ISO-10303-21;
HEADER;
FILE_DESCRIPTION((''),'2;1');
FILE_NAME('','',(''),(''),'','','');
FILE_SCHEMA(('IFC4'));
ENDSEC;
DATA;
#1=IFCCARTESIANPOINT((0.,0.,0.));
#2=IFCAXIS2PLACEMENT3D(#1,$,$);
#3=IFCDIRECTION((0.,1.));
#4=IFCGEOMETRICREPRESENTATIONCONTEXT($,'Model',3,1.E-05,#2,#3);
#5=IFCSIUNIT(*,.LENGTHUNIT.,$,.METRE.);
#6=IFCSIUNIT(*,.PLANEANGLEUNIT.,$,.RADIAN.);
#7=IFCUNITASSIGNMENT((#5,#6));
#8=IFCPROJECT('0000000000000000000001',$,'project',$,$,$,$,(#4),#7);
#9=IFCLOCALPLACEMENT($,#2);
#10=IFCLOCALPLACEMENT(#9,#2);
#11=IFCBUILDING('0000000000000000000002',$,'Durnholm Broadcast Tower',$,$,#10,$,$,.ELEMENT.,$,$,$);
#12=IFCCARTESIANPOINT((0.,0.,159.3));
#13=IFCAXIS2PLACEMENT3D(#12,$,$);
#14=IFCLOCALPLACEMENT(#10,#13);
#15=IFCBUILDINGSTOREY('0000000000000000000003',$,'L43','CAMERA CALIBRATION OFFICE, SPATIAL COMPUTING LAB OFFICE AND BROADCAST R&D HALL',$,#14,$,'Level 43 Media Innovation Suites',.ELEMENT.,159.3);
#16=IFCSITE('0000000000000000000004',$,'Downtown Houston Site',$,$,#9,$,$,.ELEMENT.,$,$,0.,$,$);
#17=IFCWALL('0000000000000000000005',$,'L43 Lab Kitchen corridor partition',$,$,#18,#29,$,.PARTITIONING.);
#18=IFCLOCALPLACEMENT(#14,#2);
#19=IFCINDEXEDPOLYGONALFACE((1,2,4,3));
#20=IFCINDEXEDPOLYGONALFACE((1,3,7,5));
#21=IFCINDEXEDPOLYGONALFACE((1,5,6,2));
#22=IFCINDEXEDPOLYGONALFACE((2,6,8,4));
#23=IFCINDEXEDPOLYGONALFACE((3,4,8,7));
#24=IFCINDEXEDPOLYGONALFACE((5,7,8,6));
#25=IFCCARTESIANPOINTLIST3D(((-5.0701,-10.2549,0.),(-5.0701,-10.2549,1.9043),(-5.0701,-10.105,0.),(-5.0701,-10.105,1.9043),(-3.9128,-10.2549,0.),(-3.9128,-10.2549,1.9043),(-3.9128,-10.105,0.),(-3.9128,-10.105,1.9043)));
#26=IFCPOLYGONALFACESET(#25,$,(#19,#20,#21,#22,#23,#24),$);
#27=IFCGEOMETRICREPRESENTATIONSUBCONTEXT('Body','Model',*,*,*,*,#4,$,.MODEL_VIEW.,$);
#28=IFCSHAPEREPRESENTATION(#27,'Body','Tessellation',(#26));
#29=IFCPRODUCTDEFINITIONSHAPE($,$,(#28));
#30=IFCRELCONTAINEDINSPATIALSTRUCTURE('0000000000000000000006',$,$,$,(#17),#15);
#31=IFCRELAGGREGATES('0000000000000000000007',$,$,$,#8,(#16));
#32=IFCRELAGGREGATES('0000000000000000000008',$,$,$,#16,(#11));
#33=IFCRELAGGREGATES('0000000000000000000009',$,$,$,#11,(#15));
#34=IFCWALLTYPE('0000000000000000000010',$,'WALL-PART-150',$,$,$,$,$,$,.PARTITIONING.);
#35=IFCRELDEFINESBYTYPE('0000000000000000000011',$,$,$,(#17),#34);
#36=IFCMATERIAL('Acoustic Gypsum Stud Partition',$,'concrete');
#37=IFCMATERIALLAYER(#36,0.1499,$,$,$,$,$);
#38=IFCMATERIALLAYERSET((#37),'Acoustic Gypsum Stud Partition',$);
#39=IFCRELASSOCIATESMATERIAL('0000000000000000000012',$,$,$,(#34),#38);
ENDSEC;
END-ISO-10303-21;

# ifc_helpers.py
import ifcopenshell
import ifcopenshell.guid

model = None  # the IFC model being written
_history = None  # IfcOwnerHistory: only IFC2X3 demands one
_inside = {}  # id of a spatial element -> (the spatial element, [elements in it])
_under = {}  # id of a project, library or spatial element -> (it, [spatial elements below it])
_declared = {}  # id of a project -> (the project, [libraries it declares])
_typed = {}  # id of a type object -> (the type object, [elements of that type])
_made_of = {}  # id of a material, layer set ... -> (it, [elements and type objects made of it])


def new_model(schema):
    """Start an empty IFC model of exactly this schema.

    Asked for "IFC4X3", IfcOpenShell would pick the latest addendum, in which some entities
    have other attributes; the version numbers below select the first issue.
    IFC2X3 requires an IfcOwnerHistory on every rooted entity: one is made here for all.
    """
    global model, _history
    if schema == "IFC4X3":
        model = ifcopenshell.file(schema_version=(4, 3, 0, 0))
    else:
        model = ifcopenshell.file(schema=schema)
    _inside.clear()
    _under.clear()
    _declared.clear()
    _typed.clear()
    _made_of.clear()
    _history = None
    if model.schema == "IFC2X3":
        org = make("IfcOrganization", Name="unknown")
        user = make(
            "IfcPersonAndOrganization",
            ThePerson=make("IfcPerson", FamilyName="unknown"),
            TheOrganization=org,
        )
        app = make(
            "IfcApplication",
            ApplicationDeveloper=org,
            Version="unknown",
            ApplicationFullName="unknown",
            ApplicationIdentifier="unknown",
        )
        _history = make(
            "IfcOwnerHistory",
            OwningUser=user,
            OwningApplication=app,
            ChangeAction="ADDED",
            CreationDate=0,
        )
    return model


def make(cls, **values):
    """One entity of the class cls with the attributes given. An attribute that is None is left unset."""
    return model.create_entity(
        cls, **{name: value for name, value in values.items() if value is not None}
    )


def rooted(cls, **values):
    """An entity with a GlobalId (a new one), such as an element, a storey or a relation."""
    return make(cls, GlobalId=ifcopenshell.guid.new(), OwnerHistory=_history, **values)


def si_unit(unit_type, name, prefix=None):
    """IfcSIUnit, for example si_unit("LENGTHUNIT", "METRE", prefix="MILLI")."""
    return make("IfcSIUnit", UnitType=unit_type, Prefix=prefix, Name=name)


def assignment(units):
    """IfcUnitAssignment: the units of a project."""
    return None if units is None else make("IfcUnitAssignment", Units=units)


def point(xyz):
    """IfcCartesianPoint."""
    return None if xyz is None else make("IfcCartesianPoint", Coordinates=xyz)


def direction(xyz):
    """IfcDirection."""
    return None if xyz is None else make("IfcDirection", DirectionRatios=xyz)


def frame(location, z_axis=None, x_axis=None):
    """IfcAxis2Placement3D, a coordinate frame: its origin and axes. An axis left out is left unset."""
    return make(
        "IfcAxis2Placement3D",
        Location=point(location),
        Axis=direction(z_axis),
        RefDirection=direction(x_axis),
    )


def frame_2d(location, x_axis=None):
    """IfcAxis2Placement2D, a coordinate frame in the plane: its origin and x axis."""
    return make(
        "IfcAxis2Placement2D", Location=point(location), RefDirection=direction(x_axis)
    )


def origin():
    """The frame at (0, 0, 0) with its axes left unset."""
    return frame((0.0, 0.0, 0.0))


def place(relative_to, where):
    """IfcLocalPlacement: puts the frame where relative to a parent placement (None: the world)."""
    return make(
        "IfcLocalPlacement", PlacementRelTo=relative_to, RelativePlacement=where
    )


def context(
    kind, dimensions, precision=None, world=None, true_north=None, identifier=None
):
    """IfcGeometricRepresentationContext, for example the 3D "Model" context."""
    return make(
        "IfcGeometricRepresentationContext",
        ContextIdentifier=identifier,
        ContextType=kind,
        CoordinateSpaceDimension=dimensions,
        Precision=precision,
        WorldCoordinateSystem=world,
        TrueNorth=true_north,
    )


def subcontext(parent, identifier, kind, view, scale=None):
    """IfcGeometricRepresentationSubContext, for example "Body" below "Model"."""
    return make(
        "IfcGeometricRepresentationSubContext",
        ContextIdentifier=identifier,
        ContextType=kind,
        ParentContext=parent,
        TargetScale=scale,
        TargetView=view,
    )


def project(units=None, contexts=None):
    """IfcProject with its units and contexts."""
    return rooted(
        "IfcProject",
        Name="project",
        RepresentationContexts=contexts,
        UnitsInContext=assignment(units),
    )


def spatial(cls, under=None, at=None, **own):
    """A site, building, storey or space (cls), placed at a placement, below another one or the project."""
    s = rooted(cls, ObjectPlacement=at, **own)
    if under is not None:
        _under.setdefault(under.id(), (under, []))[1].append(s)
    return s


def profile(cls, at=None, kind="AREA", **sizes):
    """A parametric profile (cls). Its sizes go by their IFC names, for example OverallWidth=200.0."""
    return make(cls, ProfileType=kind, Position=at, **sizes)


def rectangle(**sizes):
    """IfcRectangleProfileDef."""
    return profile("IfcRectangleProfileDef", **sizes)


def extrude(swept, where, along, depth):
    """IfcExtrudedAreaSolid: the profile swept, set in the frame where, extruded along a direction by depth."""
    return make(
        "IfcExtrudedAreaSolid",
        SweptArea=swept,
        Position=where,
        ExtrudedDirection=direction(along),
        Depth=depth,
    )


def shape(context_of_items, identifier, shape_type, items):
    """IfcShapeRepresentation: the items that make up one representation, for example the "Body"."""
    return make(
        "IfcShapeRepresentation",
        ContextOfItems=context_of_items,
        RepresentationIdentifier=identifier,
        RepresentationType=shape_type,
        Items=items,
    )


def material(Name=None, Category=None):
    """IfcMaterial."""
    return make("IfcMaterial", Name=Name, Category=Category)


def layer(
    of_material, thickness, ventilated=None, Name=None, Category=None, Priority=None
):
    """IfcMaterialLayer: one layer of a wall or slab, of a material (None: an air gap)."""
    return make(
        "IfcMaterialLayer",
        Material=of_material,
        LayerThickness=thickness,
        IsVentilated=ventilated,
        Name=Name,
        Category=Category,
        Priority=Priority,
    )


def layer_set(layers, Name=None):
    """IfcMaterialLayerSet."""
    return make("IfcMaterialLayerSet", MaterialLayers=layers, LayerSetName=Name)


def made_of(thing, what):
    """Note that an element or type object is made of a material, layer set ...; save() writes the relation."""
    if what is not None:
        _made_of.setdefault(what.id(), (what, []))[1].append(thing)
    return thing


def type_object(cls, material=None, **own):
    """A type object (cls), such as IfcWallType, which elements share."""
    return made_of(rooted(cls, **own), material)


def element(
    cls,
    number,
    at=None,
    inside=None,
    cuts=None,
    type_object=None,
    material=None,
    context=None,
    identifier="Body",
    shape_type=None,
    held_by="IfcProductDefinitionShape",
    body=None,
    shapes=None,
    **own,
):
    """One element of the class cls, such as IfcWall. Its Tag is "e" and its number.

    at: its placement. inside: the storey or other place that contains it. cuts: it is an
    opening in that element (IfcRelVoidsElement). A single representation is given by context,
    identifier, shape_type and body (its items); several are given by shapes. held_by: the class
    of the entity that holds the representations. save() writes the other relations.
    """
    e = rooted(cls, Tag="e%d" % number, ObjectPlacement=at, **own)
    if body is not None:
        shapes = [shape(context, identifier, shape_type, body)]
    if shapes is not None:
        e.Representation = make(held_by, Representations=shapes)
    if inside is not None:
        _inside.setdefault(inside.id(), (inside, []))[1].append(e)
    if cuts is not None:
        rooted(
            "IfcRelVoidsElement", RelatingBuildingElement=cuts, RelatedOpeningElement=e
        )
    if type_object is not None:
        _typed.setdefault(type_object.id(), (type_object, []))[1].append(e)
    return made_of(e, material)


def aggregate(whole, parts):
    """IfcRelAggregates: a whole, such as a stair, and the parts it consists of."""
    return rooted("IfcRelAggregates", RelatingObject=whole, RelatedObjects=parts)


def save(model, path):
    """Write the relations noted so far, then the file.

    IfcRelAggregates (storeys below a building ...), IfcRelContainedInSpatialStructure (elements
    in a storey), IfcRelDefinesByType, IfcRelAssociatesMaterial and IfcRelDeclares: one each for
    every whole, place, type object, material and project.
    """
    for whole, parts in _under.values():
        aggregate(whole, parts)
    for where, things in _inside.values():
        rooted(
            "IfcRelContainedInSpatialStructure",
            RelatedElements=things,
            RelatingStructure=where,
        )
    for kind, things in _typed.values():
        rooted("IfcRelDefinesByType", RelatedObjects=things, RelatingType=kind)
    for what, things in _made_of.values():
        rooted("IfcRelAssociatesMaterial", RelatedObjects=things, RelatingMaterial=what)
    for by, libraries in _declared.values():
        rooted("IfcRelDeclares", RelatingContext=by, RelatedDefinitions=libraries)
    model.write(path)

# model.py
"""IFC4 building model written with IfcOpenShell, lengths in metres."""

from ifc_helpers import new_model, si_unit, direction, frame, frame_2d, origin, place, context, subcontext, project, spatial, rectangle, extrude, material, layer, layer_set, type_object, element, save


model = new_model("IFC4")

# Units and contexts
model_context = context("Model", 3, precision=1e-05, world=origin(), true_north=direction((0.0, 1.0)))
body_context = subcontext(model_context, "Body", "Model", "MODEL_VIEW")
ifc_project = project(units=[si_unit("LENGTHUNIT", "METRE"), si_unit("PLANEANGLEUNIT", "RADIAN")], contexts=[model_context])

# Site, building, storey
site_placement = place(None, origin())
site = spatial("IfcSite", under=ifc_project, at=site_placement, Name="Downtown Houston Site", CompositionType="ELEMENT", RefElevation=0.0)
building_placement = place(site_placement, origin())
building = spatial("IfcBuilding", under=site, at=building_placement, Name="Durnholm Broadcast Tower", CompositionType="ELEMENT")
storey_placement = place(building_placement, frame((0.0, 0.0, 159.3)))
storey = spatial("IfcBuildingStorey", under=building, at=storey_placement, Name="L43", Description="CAMERA CALIBRATION OFFICE, SPATIAL COMPUTING LAB OFFICE AND BROADCAST R&D HALL", LongName="Level 43 Media Innovation Suites", CompositionType="ELEMENT", Elevation=159.3)

# Wall
ifc_material_1 = material(Name="Acoustic Gypsum Stud Partition", Category="concrete")
ifc_layer_1 = layer(ifc_material_1, 0.1499)
ifc_layer_set_1 = layer_set([ifc_layer_1], Name="Acoustic Gypsum Stud Partition")
wall_type_1 = type_object("IfcWallType", Name="WALL-PART-150", PredefinedType="PARTITIONING", material=ifc_layer_set_1)
wall_1_placement = place(storey_placement, frame((-5.0701, -10.1799, 0.0), z_axis=(0.0, 0.0, 1.0), x_axis=(1.0, 0.0, 0.0)))
element("IfcWall", 1, at=wall_1_placement, inside=storey, type_object=wall_type_1, Name="L43 Lab Kitchen corridor partition", PredefinedType="PARTITIONING", context=body_context, shape_type="SweptSolid", body=[
    extrude(rectangle(XDim=1.1572, YDim=0.1499, at=frame_2d((0.5786, 0.0))), origin(), (0.0, 0.0, 1.0), 1.9043),
])

save(model, "model.ifc")
